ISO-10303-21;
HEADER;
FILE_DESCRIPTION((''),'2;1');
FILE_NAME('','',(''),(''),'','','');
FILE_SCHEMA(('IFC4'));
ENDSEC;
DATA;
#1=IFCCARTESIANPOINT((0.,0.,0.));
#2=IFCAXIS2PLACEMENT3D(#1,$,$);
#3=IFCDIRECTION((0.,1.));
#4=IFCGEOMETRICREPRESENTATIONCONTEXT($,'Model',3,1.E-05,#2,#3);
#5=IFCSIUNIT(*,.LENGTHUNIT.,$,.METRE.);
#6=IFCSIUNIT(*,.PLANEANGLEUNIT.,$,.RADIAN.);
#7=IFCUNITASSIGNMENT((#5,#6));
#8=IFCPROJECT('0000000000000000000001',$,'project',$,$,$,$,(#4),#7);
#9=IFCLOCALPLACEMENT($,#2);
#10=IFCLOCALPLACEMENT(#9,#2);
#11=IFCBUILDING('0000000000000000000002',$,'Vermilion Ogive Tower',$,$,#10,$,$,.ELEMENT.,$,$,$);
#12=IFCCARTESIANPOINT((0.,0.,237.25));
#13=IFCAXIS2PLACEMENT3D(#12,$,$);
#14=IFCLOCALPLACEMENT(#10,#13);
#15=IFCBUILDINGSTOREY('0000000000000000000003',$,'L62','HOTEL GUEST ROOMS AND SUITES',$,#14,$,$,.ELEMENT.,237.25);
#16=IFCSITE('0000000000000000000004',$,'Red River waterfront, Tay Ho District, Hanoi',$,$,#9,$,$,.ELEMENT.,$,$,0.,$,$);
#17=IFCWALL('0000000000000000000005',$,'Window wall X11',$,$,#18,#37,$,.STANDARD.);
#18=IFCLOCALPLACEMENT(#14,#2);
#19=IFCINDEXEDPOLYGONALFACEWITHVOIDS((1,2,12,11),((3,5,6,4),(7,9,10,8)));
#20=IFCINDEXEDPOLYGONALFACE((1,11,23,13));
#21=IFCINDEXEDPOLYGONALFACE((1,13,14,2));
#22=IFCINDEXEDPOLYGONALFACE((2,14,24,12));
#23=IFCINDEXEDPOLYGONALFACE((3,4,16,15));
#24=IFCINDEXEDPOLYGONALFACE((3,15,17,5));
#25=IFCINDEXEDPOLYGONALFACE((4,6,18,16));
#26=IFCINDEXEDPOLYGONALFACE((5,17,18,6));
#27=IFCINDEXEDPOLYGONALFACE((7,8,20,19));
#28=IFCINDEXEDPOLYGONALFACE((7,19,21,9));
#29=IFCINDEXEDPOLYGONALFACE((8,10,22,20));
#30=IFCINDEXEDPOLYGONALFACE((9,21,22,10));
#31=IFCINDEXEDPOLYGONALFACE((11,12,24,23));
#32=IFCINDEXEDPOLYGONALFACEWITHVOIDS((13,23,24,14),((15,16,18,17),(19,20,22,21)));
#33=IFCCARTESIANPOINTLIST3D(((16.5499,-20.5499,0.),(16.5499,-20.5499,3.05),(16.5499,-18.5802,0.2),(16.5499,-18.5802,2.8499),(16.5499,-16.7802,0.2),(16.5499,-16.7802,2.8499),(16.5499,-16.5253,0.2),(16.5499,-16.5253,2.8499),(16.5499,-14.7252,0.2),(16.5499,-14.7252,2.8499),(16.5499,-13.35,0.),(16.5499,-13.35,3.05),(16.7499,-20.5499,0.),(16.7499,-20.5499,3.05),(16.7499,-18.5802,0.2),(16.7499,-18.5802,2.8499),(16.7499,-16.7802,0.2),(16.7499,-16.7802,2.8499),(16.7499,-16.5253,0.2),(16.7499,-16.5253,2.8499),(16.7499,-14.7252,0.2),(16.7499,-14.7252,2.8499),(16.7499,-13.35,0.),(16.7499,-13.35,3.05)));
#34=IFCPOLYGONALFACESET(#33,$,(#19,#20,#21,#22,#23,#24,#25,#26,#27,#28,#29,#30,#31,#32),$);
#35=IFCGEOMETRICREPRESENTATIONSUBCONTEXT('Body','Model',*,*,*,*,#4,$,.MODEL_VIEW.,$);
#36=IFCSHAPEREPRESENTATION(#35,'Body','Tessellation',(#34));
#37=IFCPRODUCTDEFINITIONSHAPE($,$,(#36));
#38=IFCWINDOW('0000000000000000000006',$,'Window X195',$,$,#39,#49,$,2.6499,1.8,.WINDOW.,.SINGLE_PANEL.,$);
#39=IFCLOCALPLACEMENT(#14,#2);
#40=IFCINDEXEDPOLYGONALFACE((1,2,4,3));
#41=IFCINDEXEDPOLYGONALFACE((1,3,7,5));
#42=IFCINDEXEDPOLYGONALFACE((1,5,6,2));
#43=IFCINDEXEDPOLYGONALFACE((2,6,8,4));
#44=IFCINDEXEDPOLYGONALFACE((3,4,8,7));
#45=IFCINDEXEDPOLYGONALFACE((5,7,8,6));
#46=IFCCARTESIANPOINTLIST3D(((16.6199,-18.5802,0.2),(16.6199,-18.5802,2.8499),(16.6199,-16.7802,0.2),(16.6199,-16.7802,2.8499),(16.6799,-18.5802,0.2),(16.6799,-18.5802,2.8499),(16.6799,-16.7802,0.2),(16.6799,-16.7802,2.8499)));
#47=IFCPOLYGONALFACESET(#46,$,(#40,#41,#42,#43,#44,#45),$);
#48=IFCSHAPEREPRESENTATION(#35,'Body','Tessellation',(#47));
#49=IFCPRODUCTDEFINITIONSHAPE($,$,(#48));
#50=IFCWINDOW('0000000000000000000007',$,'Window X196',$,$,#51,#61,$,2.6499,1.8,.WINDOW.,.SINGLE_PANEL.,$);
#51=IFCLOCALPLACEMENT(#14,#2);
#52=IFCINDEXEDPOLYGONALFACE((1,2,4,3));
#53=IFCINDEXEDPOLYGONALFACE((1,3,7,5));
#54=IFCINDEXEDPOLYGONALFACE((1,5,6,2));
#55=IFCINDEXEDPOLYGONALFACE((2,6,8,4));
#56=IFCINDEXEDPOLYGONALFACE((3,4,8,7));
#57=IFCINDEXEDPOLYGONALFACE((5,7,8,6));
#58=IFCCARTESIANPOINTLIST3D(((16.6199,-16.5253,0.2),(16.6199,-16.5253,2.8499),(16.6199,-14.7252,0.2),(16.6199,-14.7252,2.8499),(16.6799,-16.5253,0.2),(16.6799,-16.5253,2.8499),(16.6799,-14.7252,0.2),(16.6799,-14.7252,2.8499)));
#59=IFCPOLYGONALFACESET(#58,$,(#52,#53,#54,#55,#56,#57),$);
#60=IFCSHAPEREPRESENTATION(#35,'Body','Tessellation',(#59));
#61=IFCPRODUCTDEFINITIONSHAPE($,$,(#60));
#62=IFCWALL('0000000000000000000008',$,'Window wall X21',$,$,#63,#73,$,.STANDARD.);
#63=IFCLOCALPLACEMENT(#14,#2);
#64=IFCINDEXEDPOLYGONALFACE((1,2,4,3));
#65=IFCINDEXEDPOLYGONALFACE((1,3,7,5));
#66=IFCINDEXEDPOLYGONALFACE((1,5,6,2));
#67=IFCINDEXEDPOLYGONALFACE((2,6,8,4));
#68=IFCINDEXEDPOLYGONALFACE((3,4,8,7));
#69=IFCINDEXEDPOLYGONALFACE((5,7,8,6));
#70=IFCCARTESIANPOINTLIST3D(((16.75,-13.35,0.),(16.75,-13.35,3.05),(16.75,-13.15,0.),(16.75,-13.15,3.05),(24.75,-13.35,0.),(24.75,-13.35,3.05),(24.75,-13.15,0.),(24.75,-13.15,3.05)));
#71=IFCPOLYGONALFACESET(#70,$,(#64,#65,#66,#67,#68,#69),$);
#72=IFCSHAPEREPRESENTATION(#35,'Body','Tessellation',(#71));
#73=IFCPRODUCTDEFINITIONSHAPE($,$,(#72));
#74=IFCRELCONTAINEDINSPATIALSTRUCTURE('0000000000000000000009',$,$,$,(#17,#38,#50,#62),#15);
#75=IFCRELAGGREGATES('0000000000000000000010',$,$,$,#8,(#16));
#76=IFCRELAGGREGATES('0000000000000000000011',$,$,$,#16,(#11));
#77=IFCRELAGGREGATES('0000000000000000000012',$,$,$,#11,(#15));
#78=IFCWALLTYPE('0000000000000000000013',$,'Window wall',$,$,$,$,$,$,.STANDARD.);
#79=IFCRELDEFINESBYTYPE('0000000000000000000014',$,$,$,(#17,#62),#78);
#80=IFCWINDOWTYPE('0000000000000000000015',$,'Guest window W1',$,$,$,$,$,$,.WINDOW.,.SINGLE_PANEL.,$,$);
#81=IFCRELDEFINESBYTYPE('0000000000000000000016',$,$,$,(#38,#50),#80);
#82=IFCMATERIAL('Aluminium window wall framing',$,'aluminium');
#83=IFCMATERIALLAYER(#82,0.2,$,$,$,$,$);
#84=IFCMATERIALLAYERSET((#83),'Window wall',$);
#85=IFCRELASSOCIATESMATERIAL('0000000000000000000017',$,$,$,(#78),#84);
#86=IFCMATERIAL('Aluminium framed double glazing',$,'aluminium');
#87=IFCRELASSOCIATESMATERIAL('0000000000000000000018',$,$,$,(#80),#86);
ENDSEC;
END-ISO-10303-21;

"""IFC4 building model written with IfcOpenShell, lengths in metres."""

from ifc_helpers import new_model, si_unit, direction, frame, frame_2d, origin, place, context, subcontext, project, spatial, rectangle, extrude, material, layer, layer_set, type_object, element, fill, save


model = new_model("IFC4")

# Units and contexts
model_context = context("Model", 3, precision=1e-05, world=origin(), true_north=direction((0.0, 1.0)))
body_context = subcontext(model_context, "Body", "Model", "MODEL_VIEW")
ifc_project = project(units=[si_unit("LENGTHUNIT", "METRE"), si_unit("PLANEANGLEUNIT", "RADIAN")], contexts=[model_context])

# Site, building, storey
site_placement = place(None, origin())
site = spatial("IfcSite", under=ifc_project, at=site_placement, Name="Red River waterfront, Tay Ho District, Hanoi", CompositionType="ELEMENT", RefElevation=0.0)
building_placement = place(site_placement, origin())
building = spatial("IfcBuilding", under=site, at=building_placement, Name="Vermilion Ogive Tower", CompositionType="ELEMENT")
storey_placement = place(building_placement, frame((0.0, 0.0, 237.25)))
storey = spatial("IfcBuildingStorey", under=building, at=storey_placement, Name="L62", Description="HOTEL GUEST ROOMS AND SUITES", CompositionType="ELEMENT", Elevation=237.25)

# Wall, openings, windows
ifc_material_1 = material(Name="Aluminium window wall framing", Category="aluminium")
ifc_layer_1 = layer(ifc_material_1, 0.2)
ifc_layer_set_1 = layer_set([ifc_layer_1], Name="Window wall")
wall_type_1 = type_object("IfcWallType", Name="Window wall", PredefinedType="STANDARD", material=ifc_layer_set_1)
wall_1_placement = place(storey_placement, frame((16.6499, -20.55, 0.0), z_axis=(0.0, 0.0, 1.0), x_axis=(0.0, 1.0, 0.0)))
wall_1 = element("IfcWall", 1, at=wall_1_placement, inside=storey, type_object=wall_type_1, Name="Window wall X11", PredefinedType="STANDARD", context=body_context, shape_type="SweptSolid", body=[
    extrude(rectangle(XDim=7.2, YDim=0.2, at=frame_2d((3.6001, 0.0))), origin(), (0.0, 0.0, 1.0), 3.05),
])
opening_1_placement = place(wall_1_placement, frame((1.97, 0.0, 0.2)))
opening_1 = element("IfcOpeningElement", 2, at=opening_1_placement, cuts=wall_1, PredefinedType="OPENING", context=body_context, shape_type="SweptSolid", body=[
    extrude(rectangle(XDim=1.8, YDim=2.6499, at=frame_2d((0.8999, 1.325))), frame((0.0, 0.1099, 0.0), z_axis=(0.0, -1.0, 0.0), x_axis=(1.0, 0.0, 0.0)), (0.0, 0.0, 1.0), 0.22),
])
opening_2_placement = place(wall_1_placement, frame((4.0249, 0.0, 0.2)))
opening_2 = element("IfcOpeningElement", 3, at=opening_2_placement, cuts=wall_1, PredefinedType="OPENING", context=body_context, shape_type="SweptSolid", body=[
    extrude(rectangle(XDim=1.8, YDim=2.6499, at=frame_2d((0.8999, 1.325))), frame((0.0, 0.1099, 0.0), z_axis=(0.0, -1.0, 0.0), x_axis=(1.0, 0.0, 0.0)), (0.0, 0.0, 1.0), 0.22),
])
ifc_material_2 = material(Name="Aluminium framed double glazing", Category="aluminium")
window_type = type_object("IfcWindowType", Name="Guest window W1", PartitioningType="SINGLE_PANEL", PredefinedType="WINDOW", material=ifc_material_2)
window_1_placement = place(opening_1_placement, origin())
window_1 = element("IfcWindow", 4, at=window_1_placement, inside=storey, type_object=window_type, Name="Window X195", OverallHeight=2.6499, OverallWidth=1.8, PartitioningType="SINGLE_PANEL", PredefinedType="WINDOW", context=body_context, shape_type="SweptSolid", body=[
    extrude(rectangle(XDim=1.8, YDim=2.6499, at=frame_2d((0.8999, 1.325))), frame((0.0, 0.03, 0.0), z_axis=(0.0, -1.0, 0.0), x_axis=(1.0, 0.0, 0.0)), (0.0, 0.0, 1.0), 0.0601),
])
fill(opening_1, window_1)
window_2_placement = place(opening_2_placement, origin())
window_2 = element("IfcWindow", 5, at=window_2_placement, inside=storey, type_object=window_type, Name="Window X196", OverallHeight=2.6499, OverallWidth=1.8, PartitioningType="SINGLE_PANEL", PredefinedType="WINDOW", context=body_context, shape_type="SweptSolid", body=[
    extrude(rectangle(XDim=1.8, YDim=2.6499, at=frame_2d((0.8999, 1.325))), frame((0.0, 0.03, 0.0), z_axis=(0.0, -1.0, 0.0), x_axis=(1.0, 0.0, 0.0)), (0.0, 0.0, 1.0), 0.0601),
])
fill(opening_2, window_2)

# Wall
wall_2_placement = place(storey_placement, frame((16.75, -13.25, 0.0), z_axis=(0.0, 0.0, 1.0), x_axis=(1.0, 0.0, 0.0)))
element("IfcWall", 6, at=wall_2_placement, inside=storey, type_object=wall_type_1, Name="Window wall X21", PredefinedType="STANDARD", context=body_context, shape_type="SweptSolid", body=[
    extrude(rectangle(XDim=8.0, YDim=0.2, at=frame_2d((4.0, 0.0))), origin(), (0.0, 0.0, 1.0), 3.05),
])

save(model, "model.ifc")
